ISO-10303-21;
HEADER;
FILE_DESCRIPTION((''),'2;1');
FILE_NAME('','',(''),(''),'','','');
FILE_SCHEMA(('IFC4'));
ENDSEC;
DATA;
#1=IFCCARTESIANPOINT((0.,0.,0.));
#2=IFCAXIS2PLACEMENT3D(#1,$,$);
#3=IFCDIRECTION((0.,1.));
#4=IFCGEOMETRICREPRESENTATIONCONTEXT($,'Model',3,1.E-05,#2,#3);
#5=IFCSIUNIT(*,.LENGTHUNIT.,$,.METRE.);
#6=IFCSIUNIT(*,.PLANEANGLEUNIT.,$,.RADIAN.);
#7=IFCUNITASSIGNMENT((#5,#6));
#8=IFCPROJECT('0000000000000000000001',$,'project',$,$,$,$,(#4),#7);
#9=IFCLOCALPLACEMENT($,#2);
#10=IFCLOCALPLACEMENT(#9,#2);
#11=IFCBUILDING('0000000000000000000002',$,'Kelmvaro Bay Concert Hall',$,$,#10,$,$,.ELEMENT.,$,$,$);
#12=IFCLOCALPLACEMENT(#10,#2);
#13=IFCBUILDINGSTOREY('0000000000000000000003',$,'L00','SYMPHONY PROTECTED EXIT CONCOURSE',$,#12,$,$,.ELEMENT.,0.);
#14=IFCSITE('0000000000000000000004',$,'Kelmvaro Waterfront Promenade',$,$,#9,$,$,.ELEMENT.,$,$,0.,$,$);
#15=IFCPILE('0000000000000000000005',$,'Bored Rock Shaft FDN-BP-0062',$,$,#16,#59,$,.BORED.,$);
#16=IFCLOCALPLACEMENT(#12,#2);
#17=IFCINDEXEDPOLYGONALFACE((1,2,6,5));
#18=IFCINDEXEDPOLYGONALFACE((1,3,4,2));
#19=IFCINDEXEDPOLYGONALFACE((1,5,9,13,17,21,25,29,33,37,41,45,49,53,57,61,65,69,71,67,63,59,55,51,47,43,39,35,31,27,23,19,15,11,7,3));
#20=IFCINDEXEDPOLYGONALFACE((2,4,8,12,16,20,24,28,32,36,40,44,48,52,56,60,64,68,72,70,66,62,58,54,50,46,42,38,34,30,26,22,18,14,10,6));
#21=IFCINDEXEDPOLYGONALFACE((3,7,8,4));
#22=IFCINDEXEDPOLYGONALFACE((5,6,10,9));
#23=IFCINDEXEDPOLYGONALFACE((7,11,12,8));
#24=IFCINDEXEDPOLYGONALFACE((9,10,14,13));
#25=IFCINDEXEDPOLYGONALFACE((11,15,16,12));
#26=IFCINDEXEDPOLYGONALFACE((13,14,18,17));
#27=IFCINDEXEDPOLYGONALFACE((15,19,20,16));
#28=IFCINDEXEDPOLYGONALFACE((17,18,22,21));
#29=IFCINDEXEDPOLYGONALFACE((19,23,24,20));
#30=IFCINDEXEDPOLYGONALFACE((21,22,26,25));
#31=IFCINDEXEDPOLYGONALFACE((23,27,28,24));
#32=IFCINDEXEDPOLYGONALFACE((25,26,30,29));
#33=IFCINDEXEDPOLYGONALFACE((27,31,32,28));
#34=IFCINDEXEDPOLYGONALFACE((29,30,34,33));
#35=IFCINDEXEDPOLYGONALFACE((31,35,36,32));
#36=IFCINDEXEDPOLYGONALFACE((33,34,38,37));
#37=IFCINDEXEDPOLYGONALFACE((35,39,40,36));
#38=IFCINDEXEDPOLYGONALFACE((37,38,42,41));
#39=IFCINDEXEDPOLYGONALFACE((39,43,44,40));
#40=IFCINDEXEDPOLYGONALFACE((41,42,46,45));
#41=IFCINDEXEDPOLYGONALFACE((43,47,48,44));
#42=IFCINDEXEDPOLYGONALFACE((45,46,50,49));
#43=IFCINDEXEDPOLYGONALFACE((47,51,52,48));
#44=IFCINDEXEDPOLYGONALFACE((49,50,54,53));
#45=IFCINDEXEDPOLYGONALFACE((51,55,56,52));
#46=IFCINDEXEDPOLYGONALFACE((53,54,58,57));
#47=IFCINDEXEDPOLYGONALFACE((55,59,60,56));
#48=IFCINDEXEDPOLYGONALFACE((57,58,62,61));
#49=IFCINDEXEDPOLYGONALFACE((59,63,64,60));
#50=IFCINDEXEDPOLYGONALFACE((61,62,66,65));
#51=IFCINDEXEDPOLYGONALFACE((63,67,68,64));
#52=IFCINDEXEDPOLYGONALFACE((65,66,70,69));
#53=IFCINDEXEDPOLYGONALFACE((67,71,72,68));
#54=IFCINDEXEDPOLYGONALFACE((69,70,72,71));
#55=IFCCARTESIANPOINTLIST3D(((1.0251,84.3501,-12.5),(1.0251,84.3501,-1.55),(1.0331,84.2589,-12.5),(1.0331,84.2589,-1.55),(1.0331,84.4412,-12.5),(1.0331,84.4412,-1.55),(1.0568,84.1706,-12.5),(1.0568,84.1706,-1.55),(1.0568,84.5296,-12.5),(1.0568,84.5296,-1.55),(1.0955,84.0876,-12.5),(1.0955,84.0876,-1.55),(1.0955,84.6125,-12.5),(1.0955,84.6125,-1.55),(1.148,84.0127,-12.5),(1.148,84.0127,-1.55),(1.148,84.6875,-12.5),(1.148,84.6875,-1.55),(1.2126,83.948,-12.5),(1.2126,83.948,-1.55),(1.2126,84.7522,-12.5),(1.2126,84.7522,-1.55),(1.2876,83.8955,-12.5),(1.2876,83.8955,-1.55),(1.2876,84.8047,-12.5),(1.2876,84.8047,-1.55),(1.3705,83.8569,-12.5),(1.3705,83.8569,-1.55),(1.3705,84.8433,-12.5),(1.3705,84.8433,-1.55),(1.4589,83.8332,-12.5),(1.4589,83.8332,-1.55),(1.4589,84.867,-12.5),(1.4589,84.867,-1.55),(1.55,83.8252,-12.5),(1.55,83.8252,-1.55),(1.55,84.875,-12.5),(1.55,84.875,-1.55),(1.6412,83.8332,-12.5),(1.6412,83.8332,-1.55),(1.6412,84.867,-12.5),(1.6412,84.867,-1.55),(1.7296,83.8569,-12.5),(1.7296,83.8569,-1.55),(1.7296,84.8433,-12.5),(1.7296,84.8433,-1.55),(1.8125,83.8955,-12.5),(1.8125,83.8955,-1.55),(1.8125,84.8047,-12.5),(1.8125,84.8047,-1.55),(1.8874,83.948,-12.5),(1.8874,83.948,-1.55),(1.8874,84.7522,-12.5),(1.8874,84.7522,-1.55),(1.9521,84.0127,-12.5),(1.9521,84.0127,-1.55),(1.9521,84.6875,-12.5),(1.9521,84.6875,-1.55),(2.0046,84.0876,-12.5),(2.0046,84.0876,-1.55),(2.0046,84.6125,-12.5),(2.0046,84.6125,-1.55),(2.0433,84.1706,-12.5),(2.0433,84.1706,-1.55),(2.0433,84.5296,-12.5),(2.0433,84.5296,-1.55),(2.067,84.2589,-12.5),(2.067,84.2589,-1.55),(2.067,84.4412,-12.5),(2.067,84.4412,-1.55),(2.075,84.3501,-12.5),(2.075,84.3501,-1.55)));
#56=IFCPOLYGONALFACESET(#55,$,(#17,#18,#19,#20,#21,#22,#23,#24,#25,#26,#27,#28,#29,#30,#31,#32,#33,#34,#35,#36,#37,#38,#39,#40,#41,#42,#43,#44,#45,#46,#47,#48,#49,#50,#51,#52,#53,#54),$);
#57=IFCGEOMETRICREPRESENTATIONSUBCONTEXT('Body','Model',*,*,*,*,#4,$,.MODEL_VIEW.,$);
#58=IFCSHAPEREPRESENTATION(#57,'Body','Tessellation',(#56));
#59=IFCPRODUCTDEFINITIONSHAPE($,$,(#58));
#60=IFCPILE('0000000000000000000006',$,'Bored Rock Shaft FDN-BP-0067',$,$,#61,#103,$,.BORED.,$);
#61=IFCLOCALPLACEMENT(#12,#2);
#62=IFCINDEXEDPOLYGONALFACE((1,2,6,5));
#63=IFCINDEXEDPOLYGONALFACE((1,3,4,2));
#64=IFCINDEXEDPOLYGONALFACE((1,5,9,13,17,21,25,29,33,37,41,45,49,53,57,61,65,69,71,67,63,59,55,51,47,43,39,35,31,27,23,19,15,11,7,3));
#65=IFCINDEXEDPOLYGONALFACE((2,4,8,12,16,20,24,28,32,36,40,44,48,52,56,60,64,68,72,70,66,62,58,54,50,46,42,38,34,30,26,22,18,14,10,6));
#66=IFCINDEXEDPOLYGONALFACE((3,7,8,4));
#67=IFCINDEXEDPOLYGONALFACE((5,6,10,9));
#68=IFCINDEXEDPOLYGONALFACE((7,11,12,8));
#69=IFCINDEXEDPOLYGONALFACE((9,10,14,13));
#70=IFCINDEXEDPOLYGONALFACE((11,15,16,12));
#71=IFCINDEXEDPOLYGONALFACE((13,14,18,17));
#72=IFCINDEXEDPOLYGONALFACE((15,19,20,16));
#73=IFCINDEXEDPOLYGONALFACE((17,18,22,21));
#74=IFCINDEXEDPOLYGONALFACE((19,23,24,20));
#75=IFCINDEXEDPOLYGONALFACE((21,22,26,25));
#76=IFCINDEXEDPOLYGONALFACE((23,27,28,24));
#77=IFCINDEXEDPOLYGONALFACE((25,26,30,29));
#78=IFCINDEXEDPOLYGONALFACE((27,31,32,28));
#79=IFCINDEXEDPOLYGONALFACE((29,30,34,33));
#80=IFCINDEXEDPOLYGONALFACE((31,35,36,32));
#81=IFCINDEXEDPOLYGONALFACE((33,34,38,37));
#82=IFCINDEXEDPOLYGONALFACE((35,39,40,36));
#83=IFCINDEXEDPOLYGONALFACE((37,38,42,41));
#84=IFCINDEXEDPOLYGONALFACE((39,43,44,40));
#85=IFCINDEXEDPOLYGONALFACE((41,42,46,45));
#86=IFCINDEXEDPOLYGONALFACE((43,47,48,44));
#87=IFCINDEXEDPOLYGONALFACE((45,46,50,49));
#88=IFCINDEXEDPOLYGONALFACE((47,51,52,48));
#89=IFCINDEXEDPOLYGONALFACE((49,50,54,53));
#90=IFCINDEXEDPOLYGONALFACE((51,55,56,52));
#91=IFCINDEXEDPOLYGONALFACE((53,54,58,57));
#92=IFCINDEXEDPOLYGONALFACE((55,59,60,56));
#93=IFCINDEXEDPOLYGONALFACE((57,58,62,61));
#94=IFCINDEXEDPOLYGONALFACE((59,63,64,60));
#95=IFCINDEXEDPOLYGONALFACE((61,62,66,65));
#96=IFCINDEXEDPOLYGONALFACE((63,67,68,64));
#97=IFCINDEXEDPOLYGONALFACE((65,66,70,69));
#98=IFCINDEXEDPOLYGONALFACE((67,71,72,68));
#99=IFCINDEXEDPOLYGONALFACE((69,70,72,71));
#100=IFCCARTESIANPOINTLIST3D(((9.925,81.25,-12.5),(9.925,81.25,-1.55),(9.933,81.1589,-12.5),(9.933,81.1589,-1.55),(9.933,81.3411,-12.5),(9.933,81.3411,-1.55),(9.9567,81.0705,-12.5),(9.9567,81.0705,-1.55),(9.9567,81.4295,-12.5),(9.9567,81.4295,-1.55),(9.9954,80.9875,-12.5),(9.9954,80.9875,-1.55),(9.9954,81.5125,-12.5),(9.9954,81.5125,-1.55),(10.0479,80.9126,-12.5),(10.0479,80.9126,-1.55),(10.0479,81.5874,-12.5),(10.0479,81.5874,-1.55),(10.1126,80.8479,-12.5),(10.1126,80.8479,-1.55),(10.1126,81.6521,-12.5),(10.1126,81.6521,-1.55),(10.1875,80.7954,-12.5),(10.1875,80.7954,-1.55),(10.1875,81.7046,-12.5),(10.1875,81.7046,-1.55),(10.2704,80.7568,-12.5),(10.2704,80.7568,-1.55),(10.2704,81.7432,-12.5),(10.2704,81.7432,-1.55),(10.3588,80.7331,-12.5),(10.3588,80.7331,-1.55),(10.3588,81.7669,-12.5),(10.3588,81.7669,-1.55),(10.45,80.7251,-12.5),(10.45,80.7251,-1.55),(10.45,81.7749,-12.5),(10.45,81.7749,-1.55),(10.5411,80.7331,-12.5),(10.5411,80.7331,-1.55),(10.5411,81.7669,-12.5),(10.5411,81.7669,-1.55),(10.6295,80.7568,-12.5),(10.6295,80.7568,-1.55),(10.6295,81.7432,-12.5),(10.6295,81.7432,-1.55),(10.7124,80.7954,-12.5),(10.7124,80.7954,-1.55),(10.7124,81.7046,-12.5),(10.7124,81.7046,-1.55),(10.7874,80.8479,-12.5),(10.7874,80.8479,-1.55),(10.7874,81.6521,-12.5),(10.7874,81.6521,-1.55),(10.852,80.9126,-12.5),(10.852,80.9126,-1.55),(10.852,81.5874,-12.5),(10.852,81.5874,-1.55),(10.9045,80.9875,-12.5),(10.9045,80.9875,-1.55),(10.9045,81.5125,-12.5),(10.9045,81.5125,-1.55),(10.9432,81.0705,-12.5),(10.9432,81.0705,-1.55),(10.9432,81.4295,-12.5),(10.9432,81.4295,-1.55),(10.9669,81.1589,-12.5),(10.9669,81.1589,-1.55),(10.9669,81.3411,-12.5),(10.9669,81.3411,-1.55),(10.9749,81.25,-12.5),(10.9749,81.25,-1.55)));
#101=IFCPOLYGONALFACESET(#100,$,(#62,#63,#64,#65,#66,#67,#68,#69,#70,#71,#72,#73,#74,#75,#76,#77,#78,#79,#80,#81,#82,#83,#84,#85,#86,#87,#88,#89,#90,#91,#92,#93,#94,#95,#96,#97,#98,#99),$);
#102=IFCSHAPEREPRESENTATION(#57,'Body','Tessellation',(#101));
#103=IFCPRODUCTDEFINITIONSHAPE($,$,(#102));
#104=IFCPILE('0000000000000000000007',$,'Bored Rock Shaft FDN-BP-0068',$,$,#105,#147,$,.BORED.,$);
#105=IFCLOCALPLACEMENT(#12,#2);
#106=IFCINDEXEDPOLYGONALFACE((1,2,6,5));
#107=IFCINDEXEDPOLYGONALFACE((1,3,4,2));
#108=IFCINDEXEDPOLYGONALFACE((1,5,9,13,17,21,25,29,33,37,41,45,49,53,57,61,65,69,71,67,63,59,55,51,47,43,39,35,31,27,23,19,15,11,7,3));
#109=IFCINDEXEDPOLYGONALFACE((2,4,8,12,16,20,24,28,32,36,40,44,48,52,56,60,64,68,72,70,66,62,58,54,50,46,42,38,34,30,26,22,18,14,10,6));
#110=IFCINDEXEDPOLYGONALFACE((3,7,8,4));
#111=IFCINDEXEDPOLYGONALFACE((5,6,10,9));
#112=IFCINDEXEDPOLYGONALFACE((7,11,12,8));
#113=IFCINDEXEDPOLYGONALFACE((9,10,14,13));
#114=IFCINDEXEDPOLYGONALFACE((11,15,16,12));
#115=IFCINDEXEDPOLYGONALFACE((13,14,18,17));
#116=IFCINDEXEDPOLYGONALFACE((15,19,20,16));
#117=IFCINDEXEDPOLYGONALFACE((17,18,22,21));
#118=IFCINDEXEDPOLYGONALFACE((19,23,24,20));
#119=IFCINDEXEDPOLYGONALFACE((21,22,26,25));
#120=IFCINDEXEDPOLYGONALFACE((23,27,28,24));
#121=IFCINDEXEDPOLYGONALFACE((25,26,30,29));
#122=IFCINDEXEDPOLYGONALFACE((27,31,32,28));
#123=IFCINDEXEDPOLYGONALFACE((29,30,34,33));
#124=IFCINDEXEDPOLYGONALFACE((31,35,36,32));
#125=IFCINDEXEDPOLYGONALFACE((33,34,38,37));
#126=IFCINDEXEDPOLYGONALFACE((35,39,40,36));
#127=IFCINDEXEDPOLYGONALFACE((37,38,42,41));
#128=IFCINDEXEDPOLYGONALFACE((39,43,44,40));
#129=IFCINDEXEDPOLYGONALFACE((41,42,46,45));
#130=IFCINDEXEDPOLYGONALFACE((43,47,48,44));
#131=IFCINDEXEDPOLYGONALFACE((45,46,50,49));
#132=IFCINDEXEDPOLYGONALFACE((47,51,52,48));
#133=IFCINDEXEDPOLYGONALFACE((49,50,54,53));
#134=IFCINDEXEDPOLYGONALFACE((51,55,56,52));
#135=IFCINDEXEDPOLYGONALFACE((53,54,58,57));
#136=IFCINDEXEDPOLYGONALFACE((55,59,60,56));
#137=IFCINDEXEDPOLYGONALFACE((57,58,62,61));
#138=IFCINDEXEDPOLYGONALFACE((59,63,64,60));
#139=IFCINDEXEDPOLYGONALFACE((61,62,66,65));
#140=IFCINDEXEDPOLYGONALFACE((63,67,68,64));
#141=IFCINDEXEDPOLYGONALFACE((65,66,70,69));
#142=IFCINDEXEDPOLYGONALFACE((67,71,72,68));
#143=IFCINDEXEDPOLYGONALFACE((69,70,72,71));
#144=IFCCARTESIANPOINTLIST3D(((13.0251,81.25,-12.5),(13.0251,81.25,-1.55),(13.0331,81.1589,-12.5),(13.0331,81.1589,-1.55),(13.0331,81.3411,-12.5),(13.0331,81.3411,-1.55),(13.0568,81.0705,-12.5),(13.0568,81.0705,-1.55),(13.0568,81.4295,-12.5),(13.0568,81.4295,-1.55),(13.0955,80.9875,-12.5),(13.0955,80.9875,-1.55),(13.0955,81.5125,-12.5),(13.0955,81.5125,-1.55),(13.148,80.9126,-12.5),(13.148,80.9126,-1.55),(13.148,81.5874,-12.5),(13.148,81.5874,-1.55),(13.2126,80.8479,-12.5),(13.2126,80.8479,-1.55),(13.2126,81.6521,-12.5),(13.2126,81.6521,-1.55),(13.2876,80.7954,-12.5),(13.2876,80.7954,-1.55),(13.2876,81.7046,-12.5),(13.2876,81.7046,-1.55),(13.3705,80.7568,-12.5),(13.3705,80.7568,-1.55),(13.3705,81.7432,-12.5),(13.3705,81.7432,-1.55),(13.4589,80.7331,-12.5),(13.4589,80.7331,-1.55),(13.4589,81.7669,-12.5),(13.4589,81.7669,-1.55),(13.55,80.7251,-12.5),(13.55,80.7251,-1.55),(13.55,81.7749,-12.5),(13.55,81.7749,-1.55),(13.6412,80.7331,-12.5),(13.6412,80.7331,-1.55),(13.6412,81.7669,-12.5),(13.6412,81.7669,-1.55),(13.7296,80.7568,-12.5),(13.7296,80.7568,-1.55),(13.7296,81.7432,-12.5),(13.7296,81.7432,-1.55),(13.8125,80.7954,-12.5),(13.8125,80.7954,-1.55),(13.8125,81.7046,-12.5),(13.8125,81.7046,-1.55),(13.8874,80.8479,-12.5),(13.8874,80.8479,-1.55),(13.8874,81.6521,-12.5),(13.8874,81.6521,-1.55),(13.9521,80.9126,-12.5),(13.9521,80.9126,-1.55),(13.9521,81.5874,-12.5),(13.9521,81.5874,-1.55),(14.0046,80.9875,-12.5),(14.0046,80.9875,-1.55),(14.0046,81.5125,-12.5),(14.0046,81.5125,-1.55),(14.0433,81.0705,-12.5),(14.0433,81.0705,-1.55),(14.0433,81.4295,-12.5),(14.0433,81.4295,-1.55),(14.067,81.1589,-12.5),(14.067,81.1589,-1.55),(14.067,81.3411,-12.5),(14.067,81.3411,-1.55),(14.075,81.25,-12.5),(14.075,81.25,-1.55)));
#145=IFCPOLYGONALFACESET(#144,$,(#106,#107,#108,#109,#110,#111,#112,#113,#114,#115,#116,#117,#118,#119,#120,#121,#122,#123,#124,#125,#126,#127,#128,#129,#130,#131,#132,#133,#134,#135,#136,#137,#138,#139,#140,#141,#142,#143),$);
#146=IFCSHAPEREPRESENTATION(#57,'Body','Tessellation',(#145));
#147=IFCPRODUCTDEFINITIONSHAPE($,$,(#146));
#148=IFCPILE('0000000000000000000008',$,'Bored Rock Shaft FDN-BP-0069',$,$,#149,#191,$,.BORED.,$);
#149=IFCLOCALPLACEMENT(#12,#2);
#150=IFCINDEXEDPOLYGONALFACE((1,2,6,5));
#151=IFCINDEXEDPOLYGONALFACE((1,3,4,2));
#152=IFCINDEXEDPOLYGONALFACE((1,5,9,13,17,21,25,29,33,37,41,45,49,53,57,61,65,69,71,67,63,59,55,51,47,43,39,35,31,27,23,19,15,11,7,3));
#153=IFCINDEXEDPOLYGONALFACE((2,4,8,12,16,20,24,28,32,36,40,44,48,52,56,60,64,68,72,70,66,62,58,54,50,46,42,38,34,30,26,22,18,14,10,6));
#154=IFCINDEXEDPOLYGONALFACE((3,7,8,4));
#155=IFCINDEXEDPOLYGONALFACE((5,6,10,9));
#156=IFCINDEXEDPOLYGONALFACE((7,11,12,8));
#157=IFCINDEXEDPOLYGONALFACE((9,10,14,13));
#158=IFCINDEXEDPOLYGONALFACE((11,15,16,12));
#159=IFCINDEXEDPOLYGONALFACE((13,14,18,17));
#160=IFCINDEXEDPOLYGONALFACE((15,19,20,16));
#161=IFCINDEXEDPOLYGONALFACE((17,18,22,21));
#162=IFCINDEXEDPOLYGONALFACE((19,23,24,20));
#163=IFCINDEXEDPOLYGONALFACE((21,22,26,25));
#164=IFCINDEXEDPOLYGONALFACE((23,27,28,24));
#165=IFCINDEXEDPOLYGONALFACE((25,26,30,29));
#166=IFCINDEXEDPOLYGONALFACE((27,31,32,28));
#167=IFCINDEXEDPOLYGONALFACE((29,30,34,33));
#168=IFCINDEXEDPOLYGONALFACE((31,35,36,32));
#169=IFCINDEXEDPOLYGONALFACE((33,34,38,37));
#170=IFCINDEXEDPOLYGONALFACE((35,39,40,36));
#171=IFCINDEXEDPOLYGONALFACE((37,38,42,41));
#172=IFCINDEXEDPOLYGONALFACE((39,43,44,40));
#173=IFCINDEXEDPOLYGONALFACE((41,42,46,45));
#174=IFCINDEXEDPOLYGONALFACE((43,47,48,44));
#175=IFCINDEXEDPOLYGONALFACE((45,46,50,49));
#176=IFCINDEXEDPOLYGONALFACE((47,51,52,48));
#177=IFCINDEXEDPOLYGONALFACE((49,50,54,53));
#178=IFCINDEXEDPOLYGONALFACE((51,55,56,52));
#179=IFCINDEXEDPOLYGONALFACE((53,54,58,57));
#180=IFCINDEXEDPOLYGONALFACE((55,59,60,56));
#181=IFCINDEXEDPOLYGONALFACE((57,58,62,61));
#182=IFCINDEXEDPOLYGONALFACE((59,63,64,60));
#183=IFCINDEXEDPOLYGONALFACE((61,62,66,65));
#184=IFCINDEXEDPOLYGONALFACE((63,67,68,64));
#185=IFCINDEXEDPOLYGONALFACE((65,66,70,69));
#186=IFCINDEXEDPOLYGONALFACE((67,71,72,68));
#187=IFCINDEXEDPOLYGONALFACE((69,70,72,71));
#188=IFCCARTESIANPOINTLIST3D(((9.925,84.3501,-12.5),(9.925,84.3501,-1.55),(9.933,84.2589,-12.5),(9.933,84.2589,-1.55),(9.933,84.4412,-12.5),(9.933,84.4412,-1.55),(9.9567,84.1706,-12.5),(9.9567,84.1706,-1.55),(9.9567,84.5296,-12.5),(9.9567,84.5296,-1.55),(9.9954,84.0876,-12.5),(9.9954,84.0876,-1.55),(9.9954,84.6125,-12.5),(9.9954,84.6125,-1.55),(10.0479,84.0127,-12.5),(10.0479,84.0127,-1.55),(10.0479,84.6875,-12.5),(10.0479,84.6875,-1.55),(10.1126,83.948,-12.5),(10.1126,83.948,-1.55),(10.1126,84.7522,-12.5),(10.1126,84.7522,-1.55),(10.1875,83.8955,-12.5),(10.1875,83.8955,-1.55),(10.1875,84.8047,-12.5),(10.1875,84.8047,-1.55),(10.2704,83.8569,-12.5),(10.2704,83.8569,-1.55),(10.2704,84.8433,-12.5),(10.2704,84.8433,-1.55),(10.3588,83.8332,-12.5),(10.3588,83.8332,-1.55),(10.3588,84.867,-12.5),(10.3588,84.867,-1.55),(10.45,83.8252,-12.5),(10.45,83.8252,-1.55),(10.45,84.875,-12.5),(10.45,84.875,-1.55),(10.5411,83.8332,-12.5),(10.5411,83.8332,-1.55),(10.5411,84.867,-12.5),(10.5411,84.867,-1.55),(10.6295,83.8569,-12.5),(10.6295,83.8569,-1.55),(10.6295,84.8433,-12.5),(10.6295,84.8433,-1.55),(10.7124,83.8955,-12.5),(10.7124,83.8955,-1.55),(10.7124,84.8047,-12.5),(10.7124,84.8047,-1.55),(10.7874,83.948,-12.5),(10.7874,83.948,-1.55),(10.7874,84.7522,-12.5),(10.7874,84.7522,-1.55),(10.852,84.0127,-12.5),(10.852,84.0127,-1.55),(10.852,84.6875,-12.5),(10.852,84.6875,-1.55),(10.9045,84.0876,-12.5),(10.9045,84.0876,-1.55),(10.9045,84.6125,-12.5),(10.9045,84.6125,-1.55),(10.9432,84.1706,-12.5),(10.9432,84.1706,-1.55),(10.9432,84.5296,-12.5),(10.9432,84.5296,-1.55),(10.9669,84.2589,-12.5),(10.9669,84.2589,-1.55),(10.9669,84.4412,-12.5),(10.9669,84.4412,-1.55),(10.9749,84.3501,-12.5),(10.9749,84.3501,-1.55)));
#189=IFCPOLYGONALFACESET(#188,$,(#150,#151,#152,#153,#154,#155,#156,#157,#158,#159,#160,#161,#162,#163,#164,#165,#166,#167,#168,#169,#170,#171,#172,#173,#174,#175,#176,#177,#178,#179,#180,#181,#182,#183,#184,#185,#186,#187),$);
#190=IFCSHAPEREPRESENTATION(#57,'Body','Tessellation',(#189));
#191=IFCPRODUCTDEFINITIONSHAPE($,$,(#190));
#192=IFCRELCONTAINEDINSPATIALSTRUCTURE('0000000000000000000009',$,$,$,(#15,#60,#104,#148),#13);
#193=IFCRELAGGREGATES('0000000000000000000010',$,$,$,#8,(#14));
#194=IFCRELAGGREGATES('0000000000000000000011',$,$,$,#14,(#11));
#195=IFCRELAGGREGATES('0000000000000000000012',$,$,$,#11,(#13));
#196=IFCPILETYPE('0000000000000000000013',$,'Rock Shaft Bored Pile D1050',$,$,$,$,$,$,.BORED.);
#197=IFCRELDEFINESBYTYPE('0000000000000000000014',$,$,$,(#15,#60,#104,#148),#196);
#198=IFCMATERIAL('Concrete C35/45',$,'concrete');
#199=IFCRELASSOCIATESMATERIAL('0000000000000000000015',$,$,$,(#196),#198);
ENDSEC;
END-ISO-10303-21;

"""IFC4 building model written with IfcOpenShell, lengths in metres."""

from ifc_helpers import new_model, si_unit, direction, frame, origin, origin_2d, place, context, subcontext, project, spatial, circle, extrude, material, material_profile, profile_set, type_object, element, save


model = new_model("IFC4")

# Units and contexts
model_context = context("Model", 3, precision=1e-05, world=origin(), true_north=direction((0.0, 1.0)))
body_context = subcontext(model_context, "Body", "Model", "MODEL_VIEW")
ifc_project = project(units=[si_unit("LENGTHUNIT", "METRE"), si_unit("PLANEANGLEUNIT", "RADIAN")], contexts=[model_context])

# Site, building, storey
site_placement = place(None, origin())
site = spatial("IfcSite", under=ifc_project, at=site_placement, Name="Kelmvaro Waterfront Promenade", CompositionType="ELEMENT", RefElevation=0.0)
building_placement = place(site_placement, origin())
building = spatial("IfcBuilding", under=site, at=building_placement, Name="Kelmvaro Bay Concert Hall", CompositionType="ELEMENT")
storey_placement = place(building_placement, origin())
storey = spatial("IfcBuildingStorey", under=building, at=storey_placement, Name="L00", Description="SYMPHONY PROTECTED EXIT CONCOURSE", CompositionType="ELEMENT", Elevation=0.0)

# Piles
ifc_material_1 = material(Name="Concrete C35/45", Category="concrete")
ifc_material_profile_1 = material_profile(ifc_material_1, circle(Radius=0.5249, at=origin_2d()), Name="PILE-BORED-1050")
ifc_profile_set_1 = profile_set([ifc_material_profile_1], Name="Concrete C35/45")
pile_type = type_object("IfcPileType", Name="Rock Shaft Bored Pile D1050", PredefinedType="BORED", material=ifc_profile_set_1)
for number, where, z_axis, x_axis, name in (
    (1, (1.55, 84.3501, -1.55), (0.0, 0.0, -1.0), (1.0, 0.0, 0.0), "Bored Rock Shaft FDN-BP-0062"),
    (2, (10.45, 81.25, -1.55), (0.0, 0.0, -1.0), (1.0, 0.0, 0.0), "Bored Rock Shaft FDN-BP-0067"),
    (3, (13.55, 81.25, -1.55), (0.0, 0.0, -1.0), (1.0, 0.0, 0.0), "Bored Rock Shaft FDN-BP-0068"),
    (4, (10.45, 84.3501, -1.55), (0.0, 0.0, -1.0), (1.0, 0.0, 0.0), "Bored Rock Shaft FDN-BP-0069"),
):
    element("IfcPile", number, at=place(storey_placement, frame(where, z_axis=z_axis, x_axis=x_axis)), inside=storey, type_object=pile_type, Name=name, PredefinedType="BORED", context=body_context, shape_type="SweptSolid", body=[
        extrude(circle(Radius=0.5249, at=origin_2d()), origin(), (0.0, 0.0, 1.0), 10.95),
    ])

save(model, "model.ifc")
